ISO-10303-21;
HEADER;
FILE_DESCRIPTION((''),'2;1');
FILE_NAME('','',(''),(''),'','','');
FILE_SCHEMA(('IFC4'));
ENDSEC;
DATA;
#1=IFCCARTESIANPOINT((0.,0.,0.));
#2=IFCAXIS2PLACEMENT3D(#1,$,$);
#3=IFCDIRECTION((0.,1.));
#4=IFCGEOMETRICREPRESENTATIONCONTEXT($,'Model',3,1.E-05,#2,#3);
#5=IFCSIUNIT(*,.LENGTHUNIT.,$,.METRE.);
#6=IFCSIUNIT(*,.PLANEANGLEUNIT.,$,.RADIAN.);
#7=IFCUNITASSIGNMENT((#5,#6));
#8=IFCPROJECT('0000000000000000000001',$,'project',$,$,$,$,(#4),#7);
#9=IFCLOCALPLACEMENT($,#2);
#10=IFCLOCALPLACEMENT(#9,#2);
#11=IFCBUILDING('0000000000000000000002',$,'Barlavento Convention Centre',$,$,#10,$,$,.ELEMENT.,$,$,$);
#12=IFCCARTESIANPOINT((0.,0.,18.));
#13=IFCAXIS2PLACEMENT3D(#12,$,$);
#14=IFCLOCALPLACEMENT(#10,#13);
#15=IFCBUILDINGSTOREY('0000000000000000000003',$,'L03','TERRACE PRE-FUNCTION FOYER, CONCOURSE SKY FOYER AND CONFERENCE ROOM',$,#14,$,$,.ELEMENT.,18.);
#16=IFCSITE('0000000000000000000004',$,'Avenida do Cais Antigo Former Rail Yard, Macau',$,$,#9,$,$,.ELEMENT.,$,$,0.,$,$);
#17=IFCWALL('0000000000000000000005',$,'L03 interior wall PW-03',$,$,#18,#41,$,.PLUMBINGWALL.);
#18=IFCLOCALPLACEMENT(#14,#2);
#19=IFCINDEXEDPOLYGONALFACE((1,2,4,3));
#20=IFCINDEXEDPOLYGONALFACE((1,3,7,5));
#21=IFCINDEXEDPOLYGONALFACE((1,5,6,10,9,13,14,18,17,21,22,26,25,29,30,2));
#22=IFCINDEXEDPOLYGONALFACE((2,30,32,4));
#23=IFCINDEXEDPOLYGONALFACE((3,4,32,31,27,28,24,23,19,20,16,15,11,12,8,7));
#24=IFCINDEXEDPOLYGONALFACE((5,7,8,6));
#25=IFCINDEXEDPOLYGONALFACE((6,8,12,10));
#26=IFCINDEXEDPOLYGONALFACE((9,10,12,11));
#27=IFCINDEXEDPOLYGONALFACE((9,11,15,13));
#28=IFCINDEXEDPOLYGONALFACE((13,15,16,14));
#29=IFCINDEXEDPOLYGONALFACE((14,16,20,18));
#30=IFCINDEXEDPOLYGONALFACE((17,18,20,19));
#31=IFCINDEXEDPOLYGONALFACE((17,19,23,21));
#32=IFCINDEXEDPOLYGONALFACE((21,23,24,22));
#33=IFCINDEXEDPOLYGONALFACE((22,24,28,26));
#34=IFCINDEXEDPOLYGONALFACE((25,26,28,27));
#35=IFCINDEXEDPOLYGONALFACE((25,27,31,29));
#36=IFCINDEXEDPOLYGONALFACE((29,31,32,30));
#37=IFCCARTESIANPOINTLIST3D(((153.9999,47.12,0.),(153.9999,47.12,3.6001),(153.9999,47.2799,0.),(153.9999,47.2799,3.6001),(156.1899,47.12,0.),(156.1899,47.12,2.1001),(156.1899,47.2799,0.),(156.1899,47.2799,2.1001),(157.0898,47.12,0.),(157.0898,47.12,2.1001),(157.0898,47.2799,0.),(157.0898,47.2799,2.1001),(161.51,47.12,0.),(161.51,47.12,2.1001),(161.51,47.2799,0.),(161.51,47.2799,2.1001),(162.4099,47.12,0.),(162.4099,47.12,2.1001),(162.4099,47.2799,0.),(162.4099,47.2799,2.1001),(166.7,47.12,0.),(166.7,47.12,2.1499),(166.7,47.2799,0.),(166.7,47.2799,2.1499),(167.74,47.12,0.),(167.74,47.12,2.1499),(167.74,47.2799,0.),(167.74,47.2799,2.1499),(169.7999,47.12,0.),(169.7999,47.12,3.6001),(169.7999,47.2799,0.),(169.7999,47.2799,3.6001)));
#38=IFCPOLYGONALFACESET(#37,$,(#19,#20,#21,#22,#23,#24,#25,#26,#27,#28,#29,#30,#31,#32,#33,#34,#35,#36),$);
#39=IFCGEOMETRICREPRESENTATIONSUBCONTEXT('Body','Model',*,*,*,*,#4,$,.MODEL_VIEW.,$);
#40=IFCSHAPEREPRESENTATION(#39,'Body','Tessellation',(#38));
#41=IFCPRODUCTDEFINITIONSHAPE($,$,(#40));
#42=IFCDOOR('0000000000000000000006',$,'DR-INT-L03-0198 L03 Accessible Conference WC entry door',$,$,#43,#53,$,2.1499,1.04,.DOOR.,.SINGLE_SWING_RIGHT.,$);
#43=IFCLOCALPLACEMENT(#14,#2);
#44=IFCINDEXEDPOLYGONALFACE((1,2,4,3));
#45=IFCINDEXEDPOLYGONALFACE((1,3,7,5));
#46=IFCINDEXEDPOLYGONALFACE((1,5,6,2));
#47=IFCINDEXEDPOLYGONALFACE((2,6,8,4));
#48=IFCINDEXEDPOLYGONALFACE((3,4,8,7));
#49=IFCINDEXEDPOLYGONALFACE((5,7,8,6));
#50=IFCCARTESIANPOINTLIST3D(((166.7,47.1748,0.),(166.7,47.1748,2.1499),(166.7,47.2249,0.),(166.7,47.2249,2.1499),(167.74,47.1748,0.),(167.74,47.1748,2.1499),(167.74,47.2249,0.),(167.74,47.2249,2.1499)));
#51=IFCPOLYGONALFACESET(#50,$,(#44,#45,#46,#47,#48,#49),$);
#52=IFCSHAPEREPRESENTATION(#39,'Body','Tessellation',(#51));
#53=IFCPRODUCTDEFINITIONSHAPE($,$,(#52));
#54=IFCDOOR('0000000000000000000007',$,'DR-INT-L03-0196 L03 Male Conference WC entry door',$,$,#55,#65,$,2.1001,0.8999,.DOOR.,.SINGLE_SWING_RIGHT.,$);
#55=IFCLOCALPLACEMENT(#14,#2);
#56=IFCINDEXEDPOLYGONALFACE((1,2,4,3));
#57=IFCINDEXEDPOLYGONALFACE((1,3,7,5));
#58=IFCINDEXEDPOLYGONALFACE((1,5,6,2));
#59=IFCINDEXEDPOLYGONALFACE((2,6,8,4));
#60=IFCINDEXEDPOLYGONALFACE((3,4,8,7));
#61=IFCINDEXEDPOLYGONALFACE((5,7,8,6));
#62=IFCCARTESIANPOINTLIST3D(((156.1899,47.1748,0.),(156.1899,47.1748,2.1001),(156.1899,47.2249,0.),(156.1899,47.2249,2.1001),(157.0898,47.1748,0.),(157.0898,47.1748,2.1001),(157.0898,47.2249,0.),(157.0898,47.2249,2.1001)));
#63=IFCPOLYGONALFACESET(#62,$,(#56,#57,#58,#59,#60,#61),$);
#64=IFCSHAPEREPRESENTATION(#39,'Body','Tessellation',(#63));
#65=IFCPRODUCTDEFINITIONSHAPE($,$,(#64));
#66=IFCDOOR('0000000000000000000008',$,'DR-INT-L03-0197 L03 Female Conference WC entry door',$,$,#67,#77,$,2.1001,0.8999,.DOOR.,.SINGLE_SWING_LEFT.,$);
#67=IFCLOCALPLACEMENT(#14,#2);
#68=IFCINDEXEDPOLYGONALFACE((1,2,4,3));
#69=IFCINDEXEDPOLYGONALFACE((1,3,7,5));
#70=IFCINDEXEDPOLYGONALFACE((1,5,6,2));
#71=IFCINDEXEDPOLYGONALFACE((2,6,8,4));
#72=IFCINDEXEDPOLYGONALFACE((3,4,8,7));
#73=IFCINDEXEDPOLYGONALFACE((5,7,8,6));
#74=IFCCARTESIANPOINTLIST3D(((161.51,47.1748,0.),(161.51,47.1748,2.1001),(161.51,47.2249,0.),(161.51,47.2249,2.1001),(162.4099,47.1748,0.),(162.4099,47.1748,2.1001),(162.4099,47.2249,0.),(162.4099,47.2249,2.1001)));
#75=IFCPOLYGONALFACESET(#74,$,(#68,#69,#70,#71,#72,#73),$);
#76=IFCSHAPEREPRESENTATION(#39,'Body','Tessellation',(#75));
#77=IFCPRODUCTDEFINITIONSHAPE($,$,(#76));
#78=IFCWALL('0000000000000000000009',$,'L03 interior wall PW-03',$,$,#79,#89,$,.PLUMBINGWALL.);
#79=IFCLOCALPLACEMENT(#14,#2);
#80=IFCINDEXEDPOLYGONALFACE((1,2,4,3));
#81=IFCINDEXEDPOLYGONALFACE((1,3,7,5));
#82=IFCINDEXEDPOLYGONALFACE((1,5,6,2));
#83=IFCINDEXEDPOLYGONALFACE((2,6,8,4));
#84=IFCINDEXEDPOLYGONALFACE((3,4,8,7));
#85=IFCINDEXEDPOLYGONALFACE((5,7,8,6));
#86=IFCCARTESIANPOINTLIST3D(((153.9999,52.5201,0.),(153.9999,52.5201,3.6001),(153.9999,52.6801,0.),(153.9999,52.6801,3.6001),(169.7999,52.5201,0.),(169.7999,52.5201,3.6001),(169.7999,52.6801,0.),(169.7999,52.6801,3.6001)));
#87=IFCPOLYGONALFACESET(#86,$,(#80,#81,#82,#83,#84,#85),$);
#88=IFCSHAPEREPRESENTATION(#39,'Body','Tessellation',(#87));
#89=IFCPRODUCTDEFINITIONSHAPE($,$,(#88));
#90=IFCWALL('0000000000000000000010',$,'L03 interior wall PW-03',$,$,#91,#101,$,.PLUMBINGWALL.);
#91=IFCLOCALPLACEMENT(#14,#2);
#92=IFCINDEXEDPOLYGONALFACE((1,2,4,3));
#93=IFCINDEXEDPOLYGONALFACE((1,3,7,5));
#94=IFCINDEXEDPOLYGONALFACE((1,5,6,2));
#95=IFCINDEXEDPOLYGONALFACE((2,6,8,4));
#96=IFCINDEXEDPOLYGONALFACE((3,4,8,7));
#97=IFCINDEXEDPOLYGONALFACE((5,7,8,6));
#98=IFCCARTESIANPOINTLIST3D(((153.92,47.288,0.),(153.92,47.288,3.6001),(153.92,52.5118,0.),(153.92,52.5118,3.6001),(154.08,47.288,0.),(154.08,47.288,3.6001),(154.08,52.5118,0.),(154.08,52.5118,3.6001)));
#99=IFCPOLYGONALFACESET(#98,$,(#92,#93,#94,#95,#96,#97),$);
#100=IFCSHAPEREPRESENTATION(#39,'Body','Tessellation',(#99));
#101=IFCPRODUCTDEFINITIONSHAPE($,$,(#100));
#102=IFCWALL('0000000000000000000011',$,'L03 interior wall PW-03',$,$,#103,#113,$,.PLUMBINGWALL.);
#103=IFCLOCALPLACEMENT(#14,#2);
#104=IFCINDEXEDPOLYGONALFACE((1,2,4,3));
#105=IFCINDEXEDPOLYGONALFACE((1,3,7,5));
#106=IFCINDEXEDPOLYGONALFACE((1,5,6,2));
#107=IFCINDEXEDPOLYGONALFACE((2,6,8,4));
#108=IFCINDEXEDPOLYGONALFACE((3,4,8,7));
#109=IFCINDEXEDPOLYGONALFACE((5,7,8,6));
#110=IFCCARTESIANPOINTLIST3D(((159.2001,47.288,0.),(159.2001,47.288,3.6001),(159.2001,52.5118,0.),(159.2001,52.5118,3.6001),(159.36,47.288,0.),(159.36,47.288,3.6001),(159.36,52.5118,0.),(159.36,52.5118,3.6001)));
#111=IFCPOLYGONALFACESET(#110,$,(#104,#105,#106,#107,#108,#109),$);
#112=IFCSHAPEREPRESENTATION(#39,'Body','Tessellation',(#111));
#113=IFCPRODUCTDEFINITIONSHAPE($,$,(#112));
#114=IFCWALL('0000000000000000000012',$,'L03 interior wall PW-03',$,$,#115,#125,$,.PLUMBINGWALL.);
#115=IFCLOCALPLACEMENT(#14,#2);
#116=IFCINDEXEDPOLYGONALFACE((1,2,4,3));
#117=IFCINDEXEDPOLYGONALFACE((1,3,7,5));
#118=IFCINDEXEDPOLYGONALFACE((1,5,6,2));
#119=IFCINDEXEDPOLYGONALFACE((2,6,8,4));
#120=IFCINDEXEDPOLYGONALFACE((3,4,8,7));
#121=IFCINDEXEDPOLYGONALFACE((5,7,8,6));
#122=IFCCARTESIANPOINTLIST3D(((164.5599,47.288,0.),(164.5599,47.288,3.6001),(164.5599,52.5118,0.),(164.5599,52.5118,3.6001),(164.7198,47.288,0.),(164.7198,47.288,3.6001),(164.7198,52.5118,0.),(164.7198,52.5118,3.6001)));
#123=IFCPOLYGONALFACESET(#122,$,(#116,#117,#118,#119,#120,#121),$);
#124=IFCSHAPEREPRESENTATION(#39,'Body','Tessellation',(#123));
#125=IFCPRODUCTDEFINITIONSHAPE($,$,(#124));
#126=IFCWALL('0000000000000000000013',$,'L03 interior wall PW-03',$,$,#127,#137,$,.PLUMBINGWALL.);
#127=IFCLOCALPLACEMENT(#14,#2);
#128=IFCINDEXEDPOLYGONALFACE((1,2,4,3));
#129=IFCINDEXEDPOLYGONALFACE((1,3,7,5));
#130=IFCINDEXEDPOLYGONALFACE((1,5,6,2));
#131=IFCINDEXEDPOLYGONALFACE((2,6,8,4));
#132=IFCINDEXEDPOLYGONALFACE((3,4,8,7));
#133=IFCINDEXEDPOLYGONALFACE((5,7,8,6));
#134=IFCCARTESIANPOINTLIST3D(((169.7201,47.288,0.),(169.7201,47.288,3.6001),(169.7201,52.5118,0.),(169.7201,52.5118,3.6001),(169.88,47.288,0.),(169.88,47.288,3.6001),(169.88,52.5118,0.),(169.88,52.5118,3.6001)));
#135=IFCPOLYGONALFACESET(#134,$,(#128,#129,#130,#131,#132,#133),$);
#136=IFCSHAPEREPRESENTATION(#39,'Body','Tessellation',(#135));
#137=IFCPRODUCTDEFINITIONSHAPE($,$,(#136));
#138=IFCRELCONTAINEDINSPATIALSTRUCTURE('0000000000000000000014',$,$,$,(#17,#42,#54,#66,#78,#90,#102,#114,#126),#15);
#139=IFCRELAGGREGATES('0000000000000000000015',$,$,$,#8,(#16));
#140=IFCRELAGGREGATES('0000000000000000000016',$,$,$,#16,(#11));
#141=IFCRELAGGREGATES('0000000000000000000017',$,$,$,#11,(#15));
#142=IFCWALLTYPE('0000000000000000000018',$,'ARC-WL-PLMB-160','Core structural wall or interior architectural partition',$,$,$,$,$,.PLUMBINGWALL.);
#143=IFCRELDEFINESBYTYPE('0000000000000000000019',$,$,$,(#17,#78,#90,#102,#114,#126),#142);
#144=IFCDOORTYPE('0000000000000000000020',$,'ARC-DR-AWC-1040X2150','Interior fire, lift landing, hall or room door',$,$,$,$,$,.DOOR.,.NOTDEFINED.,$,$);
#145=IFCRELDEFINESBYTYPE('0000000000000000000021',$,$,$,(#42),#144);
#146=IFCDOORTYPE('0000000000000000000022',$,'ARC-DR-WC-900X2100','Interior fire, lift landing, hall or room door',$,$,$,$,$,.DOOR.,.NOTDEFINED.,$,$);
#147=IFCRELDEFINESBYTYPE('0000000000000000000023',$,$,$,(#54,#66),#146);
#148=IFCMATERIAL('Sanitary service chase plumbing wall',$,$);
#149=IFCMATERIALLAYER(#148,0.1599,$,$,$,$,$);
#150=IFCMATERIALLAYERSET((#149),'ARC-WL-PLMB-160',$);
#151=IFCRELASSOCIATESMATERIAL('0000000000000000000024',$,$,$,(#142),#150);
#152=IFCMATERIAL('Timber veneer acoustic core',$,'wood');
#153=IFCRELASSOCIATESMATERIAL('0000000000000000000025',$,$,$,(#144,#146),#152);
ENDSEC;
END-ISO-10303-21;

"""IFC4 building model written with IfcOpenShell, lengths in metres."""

from ifc_helpers import new_model, si_unit, direction, frame, frame_2d, origin, place, context, subcontext, project, spatial, rectangle, extrude, material, layer, layer_set, type_object, element, fill, save


model = new_model("IFC4")

# Units and contexts
model_context = context("Model", 3, precision=1e-05, world=origin(), true_north=direction((0.0, 1.0)))
body_context = subcontext(model_context, "Body", "Model", "MODEL_VIEW")
ifc_project = project(units=[si_unit("LENGTHUNIT", "METRE"), si_unit("PLANEANGLEUNIT", "RADIAN")], contexts=[model_context])

# Site, building, storey
site_placement = place(None, origin())
site = spatial("IfcSite", under=ifc_project, at=site_placement, Name="Avenida do Cais Antigo Former Rail Yard, Macau", CompositionType="ELEMENT", RefElevation=0.0)
building_placement = place(site_placement, origin())
building = spatial("IfcBuilding", under=site, at=building_placement, Name="Barlavento Convention Centre", CompositionType="ELEMENT")
storey_placement = place(building_placement, frame((0.0, 0.0, 18.0)))
storey = spatial("IfcBuildingStorey", under=building, at=storey_placement, Name="L03", Description="TERRACE PRE-FUNCTION FOYER, CONCOURSE SKY FOYER AND CONFERENCE ROOM", CompositionType="ELEMENT", Elevation=18.0)

# Wall, openings, doors
ifc_material_1 = material(Name="Sanitary service chase plumbing wall")
ifc_layer_1 = layer(ifc_material_1, 0.1599)
ifc_layer_set_1 = layer_set([ifc_layer_1], Name="ARC-WL-PLMB-160")
wall_type = type_object("IfcWallType", Name="ARC-WL-PLMB-160", Description="Core structural wall or interior architectural partition", PredefinedType="PLUMBINGWALL", material=ifc_layer_set_1)
wall_1_placement = place(storey_placement, frame((154.0, 47.2, 0.0), z_axis=(0.0, 0.0, 1.0), x_axis=(1.0, 0.0, 0.0)))
wall_1 = element("IfcWall", 1, at=wall_1_placement, inside=storey, type_object=wall_type, Name="L03 interior wall PW-03", PredefinedType="PLUMBINGWALL", context=body_context, shape_type="SweptSolid", body=[
    extrude(rectangle(XDim=15.8, YDim=0.1599, at=frame_2d((7.8999, 0.0))), origin(), (0.0, 0.0, 1.0), 3.6001),
])
opening_1_placement = place(wall_1_placement, frame((2.1899, 0.0, 0.0)))
opening_1 = element("IfcOpeningElement", 2, at=opening_1_placement, cuts=wall_1, PredefinedType="OPENING", context=body_context, shape_type="SweptSolid", body=[
    extrude(rectangle(XDim=0.8999, YDim=2.1001, at=frame_2d((0.45, 1.05))), frame((0.0, 0.0898, 0.0), z_axis=(0.0, -1.0, 0.0), x_axis=(1.0, 0.0, 0.0)), (0.0, 0.0, 1.0), 0.1799),
])
opening_2_placement = place(wall_1_placement, frame((7.51, 0.0, 0.0)))
opening_2 = element("IfcOpeningElement", 3, at=opening_2_placement, cuts=wall_1, PredefinedType="OPENING", context=body_context, shape_type="SweptSolid", body=[
    extrude(rectangle(XDim=0.8999, YDim=2.1001, at=frame_2d((0.45, 1.05))), frame((0.0, 0.0898, 0.0), z_axis=(0.0, -1.0, 0.0), x_axis=(1.0, 0.0, 0.0)), (0.0, 0.0, 1.0), 0.1799),
])
opening_3_placement = place(wall_1_placement, frame((12.7, 0.0, 0.0)))
opening_3 = element("IfcOpeningElement", 4, at=opening_3_placement, cuts=wall_1, PredefinedType="OPENING", context=body_context, shape_type="SweptSolid", body=[
    extrude(rectangle(XDim=1.04, YDim=2.1499, at=frame_2d((0.52, 1.075))), frame((0.0, 0.0898, 0.0), z_axis=(0.0, -1.0, 0.0), x_axis=(1.0, 0.0, 0.0)), (0.0, 0.0, 1.0), 0.1799),
])
ifc_material_2 = material(Name="Timber veneer acoustic core", Category="wood")
door_type_1 = type_object("IfcDoorType", Name="ARC-DR-AWC-1040X2150", Description="Interior fire, lift landing, hall or room door", OperationType="NOTDEFINED", PredefinedType="DOOR", material=ifc_material_2)
door_1_placement = place(opening_3_placement, origin())
door_1 = element("IfcDoor", 5, at=door_1_placement, inside=storey, type_object=door_type_1, Name="DR-INT-L03-0198 L03 Accessible Conference WC entry door", OperationType="SINGLE_SWING_RIGHT", OverallHeight=2.1499, OverallWidth=1.04, PredefinedType="DOOR", context=body_context, shape_type="SweptSolid", body=[
    extrude(rectangle(XDim=1.04, YDim=2.1499, at=frame_2d((0.52, 1.075))), frame((0.0, 0.0249, 0.0), z_axis=(0.0, -1.0, 0.0), x_axis=(1.0, 0.0, 0.0)), (0.0, 0.0, 1.0), 0.05),
])
fill(opening_3, door_1)
door_type_2 = type_object("IfcDoorType", Name="ARC-DR-WC-900X2100", Description="Interior fire, lift landing, hall or room door", OperationType="NOTDEFINED", PredefinedType="DOOR", material=ifc_material_2)
door_2_placement = place(opening_1_placement, origin())
door_2 = element("IfcDoor", 6, at=door_2_placement, inside=storey, type_object=door_type_2, Name="DR-INT-L03-0196 L03 Male Conference WC entry door", OperationType="SINGLE_SWING_RIGHT", OverallHeight=2.1001, OverallWidth=0.8999, PredefinedType="DOOR", context=body_context, shape_type="SweptSolid", body=[
    extrude(rectangle(XDim=0.8999, YDim=2.1001, at=frame_2d((0.45, 1.05))), frame((0.0, 0.0249, 0.0), z_axis=(0.0, -1.0, 0.0), x_axis=(1.0, 0.0, 0.0)), (0.0, 0.0, 1.0), 0.05),
])
fill(opening_1, door_2)
door_3_placement = place(opening_2_placement, origin())
door_3 = element("IfcDoor", 7, at=door_3_placement, inside=storey, type_object=door_type_2, Name="DR-INT-L03-0197 L03 Female Conference WC entry door", OperationType="SINGLE_SWING_LEFT", OverallHeight=2.1001, OverallWidth=0.8999, PredefinedType="DOOR", context=body_context, shape_type="SweptSolid", body=[
    extrude(rectangle(XDim=0.8999, YDim=2.1001, at=frame_2d((0.45, 1.05))), frame((0.0, 0.0249, 0.0), z_axis=(0.0, -1.0, 0.0), x_axis=(1.0, 0.0, 0.0)), (0.0, 0.0, 1.0), 0.05),
])
fill(opening_2, door_3)

# Walls
wall_2_placement = place(storey_placement, frame((154.0, 52.6001, 0.0), z_axis=(0.0, 0.0, 1.0), x_axis=(1.0, 0.0, 0.0)))
element("IfcWall", 8, at=wall_2_placement, inside=storey, type_object=wall_type, Name="L03 interior wall PW-03", PredefinedType="PLUMBINGWALL", context=body_context, shape_type="SweptSolid", body=[
    extrude(rectangle(XDim=15.8, YDim=0.1599, at=frame_2d((7.8999, 0.0))), origin(), (0.0, 0.0, 1.0), 3.6001),
])
for number, where, z_axis, x_axis, name in (
    (9, (154.0, 47.2881, 0.0), (0.0, 0.0, 1.0), (0.0, 1.0, 0.0), "L03 interior wall PW-03"),
    (10, (159.28, 47.2881, 0.0), (0.0, 0.0, 1.0), (0.0, 1.0, 0.0), "L03 interior wall PW-03"),
    (11, (164.6399, 47.2881, 0.0), (0.0, 0.0, 1.0), (0.0, 1.0, 0.0), "L03 interior wall PW-03"),
    (12, (169.8, 47.2881, 0.0), (0.0, 0.0, 1.0), (0.0, 1.0, 0.0), "L03 interior wall PW-03"),
):
    element("IfcWall", number, at=place(storey_placement, frame(where, z_axis=z_axis, x_axis=x_axis)), inside=storey, type_object=wall_type, Name=name, PredefinedType="PLUMBINGWALL", context=body_context, shape_type="SweptSolid", body=[
        extrude(rectangle(XDim=5.2239, YDim=0.1599, at=frame_2d((2.6118, 0.0))), origin(), (0.0, 0.0, 1.0), 3.6001),
    ])

save(model, "model.ifc")
